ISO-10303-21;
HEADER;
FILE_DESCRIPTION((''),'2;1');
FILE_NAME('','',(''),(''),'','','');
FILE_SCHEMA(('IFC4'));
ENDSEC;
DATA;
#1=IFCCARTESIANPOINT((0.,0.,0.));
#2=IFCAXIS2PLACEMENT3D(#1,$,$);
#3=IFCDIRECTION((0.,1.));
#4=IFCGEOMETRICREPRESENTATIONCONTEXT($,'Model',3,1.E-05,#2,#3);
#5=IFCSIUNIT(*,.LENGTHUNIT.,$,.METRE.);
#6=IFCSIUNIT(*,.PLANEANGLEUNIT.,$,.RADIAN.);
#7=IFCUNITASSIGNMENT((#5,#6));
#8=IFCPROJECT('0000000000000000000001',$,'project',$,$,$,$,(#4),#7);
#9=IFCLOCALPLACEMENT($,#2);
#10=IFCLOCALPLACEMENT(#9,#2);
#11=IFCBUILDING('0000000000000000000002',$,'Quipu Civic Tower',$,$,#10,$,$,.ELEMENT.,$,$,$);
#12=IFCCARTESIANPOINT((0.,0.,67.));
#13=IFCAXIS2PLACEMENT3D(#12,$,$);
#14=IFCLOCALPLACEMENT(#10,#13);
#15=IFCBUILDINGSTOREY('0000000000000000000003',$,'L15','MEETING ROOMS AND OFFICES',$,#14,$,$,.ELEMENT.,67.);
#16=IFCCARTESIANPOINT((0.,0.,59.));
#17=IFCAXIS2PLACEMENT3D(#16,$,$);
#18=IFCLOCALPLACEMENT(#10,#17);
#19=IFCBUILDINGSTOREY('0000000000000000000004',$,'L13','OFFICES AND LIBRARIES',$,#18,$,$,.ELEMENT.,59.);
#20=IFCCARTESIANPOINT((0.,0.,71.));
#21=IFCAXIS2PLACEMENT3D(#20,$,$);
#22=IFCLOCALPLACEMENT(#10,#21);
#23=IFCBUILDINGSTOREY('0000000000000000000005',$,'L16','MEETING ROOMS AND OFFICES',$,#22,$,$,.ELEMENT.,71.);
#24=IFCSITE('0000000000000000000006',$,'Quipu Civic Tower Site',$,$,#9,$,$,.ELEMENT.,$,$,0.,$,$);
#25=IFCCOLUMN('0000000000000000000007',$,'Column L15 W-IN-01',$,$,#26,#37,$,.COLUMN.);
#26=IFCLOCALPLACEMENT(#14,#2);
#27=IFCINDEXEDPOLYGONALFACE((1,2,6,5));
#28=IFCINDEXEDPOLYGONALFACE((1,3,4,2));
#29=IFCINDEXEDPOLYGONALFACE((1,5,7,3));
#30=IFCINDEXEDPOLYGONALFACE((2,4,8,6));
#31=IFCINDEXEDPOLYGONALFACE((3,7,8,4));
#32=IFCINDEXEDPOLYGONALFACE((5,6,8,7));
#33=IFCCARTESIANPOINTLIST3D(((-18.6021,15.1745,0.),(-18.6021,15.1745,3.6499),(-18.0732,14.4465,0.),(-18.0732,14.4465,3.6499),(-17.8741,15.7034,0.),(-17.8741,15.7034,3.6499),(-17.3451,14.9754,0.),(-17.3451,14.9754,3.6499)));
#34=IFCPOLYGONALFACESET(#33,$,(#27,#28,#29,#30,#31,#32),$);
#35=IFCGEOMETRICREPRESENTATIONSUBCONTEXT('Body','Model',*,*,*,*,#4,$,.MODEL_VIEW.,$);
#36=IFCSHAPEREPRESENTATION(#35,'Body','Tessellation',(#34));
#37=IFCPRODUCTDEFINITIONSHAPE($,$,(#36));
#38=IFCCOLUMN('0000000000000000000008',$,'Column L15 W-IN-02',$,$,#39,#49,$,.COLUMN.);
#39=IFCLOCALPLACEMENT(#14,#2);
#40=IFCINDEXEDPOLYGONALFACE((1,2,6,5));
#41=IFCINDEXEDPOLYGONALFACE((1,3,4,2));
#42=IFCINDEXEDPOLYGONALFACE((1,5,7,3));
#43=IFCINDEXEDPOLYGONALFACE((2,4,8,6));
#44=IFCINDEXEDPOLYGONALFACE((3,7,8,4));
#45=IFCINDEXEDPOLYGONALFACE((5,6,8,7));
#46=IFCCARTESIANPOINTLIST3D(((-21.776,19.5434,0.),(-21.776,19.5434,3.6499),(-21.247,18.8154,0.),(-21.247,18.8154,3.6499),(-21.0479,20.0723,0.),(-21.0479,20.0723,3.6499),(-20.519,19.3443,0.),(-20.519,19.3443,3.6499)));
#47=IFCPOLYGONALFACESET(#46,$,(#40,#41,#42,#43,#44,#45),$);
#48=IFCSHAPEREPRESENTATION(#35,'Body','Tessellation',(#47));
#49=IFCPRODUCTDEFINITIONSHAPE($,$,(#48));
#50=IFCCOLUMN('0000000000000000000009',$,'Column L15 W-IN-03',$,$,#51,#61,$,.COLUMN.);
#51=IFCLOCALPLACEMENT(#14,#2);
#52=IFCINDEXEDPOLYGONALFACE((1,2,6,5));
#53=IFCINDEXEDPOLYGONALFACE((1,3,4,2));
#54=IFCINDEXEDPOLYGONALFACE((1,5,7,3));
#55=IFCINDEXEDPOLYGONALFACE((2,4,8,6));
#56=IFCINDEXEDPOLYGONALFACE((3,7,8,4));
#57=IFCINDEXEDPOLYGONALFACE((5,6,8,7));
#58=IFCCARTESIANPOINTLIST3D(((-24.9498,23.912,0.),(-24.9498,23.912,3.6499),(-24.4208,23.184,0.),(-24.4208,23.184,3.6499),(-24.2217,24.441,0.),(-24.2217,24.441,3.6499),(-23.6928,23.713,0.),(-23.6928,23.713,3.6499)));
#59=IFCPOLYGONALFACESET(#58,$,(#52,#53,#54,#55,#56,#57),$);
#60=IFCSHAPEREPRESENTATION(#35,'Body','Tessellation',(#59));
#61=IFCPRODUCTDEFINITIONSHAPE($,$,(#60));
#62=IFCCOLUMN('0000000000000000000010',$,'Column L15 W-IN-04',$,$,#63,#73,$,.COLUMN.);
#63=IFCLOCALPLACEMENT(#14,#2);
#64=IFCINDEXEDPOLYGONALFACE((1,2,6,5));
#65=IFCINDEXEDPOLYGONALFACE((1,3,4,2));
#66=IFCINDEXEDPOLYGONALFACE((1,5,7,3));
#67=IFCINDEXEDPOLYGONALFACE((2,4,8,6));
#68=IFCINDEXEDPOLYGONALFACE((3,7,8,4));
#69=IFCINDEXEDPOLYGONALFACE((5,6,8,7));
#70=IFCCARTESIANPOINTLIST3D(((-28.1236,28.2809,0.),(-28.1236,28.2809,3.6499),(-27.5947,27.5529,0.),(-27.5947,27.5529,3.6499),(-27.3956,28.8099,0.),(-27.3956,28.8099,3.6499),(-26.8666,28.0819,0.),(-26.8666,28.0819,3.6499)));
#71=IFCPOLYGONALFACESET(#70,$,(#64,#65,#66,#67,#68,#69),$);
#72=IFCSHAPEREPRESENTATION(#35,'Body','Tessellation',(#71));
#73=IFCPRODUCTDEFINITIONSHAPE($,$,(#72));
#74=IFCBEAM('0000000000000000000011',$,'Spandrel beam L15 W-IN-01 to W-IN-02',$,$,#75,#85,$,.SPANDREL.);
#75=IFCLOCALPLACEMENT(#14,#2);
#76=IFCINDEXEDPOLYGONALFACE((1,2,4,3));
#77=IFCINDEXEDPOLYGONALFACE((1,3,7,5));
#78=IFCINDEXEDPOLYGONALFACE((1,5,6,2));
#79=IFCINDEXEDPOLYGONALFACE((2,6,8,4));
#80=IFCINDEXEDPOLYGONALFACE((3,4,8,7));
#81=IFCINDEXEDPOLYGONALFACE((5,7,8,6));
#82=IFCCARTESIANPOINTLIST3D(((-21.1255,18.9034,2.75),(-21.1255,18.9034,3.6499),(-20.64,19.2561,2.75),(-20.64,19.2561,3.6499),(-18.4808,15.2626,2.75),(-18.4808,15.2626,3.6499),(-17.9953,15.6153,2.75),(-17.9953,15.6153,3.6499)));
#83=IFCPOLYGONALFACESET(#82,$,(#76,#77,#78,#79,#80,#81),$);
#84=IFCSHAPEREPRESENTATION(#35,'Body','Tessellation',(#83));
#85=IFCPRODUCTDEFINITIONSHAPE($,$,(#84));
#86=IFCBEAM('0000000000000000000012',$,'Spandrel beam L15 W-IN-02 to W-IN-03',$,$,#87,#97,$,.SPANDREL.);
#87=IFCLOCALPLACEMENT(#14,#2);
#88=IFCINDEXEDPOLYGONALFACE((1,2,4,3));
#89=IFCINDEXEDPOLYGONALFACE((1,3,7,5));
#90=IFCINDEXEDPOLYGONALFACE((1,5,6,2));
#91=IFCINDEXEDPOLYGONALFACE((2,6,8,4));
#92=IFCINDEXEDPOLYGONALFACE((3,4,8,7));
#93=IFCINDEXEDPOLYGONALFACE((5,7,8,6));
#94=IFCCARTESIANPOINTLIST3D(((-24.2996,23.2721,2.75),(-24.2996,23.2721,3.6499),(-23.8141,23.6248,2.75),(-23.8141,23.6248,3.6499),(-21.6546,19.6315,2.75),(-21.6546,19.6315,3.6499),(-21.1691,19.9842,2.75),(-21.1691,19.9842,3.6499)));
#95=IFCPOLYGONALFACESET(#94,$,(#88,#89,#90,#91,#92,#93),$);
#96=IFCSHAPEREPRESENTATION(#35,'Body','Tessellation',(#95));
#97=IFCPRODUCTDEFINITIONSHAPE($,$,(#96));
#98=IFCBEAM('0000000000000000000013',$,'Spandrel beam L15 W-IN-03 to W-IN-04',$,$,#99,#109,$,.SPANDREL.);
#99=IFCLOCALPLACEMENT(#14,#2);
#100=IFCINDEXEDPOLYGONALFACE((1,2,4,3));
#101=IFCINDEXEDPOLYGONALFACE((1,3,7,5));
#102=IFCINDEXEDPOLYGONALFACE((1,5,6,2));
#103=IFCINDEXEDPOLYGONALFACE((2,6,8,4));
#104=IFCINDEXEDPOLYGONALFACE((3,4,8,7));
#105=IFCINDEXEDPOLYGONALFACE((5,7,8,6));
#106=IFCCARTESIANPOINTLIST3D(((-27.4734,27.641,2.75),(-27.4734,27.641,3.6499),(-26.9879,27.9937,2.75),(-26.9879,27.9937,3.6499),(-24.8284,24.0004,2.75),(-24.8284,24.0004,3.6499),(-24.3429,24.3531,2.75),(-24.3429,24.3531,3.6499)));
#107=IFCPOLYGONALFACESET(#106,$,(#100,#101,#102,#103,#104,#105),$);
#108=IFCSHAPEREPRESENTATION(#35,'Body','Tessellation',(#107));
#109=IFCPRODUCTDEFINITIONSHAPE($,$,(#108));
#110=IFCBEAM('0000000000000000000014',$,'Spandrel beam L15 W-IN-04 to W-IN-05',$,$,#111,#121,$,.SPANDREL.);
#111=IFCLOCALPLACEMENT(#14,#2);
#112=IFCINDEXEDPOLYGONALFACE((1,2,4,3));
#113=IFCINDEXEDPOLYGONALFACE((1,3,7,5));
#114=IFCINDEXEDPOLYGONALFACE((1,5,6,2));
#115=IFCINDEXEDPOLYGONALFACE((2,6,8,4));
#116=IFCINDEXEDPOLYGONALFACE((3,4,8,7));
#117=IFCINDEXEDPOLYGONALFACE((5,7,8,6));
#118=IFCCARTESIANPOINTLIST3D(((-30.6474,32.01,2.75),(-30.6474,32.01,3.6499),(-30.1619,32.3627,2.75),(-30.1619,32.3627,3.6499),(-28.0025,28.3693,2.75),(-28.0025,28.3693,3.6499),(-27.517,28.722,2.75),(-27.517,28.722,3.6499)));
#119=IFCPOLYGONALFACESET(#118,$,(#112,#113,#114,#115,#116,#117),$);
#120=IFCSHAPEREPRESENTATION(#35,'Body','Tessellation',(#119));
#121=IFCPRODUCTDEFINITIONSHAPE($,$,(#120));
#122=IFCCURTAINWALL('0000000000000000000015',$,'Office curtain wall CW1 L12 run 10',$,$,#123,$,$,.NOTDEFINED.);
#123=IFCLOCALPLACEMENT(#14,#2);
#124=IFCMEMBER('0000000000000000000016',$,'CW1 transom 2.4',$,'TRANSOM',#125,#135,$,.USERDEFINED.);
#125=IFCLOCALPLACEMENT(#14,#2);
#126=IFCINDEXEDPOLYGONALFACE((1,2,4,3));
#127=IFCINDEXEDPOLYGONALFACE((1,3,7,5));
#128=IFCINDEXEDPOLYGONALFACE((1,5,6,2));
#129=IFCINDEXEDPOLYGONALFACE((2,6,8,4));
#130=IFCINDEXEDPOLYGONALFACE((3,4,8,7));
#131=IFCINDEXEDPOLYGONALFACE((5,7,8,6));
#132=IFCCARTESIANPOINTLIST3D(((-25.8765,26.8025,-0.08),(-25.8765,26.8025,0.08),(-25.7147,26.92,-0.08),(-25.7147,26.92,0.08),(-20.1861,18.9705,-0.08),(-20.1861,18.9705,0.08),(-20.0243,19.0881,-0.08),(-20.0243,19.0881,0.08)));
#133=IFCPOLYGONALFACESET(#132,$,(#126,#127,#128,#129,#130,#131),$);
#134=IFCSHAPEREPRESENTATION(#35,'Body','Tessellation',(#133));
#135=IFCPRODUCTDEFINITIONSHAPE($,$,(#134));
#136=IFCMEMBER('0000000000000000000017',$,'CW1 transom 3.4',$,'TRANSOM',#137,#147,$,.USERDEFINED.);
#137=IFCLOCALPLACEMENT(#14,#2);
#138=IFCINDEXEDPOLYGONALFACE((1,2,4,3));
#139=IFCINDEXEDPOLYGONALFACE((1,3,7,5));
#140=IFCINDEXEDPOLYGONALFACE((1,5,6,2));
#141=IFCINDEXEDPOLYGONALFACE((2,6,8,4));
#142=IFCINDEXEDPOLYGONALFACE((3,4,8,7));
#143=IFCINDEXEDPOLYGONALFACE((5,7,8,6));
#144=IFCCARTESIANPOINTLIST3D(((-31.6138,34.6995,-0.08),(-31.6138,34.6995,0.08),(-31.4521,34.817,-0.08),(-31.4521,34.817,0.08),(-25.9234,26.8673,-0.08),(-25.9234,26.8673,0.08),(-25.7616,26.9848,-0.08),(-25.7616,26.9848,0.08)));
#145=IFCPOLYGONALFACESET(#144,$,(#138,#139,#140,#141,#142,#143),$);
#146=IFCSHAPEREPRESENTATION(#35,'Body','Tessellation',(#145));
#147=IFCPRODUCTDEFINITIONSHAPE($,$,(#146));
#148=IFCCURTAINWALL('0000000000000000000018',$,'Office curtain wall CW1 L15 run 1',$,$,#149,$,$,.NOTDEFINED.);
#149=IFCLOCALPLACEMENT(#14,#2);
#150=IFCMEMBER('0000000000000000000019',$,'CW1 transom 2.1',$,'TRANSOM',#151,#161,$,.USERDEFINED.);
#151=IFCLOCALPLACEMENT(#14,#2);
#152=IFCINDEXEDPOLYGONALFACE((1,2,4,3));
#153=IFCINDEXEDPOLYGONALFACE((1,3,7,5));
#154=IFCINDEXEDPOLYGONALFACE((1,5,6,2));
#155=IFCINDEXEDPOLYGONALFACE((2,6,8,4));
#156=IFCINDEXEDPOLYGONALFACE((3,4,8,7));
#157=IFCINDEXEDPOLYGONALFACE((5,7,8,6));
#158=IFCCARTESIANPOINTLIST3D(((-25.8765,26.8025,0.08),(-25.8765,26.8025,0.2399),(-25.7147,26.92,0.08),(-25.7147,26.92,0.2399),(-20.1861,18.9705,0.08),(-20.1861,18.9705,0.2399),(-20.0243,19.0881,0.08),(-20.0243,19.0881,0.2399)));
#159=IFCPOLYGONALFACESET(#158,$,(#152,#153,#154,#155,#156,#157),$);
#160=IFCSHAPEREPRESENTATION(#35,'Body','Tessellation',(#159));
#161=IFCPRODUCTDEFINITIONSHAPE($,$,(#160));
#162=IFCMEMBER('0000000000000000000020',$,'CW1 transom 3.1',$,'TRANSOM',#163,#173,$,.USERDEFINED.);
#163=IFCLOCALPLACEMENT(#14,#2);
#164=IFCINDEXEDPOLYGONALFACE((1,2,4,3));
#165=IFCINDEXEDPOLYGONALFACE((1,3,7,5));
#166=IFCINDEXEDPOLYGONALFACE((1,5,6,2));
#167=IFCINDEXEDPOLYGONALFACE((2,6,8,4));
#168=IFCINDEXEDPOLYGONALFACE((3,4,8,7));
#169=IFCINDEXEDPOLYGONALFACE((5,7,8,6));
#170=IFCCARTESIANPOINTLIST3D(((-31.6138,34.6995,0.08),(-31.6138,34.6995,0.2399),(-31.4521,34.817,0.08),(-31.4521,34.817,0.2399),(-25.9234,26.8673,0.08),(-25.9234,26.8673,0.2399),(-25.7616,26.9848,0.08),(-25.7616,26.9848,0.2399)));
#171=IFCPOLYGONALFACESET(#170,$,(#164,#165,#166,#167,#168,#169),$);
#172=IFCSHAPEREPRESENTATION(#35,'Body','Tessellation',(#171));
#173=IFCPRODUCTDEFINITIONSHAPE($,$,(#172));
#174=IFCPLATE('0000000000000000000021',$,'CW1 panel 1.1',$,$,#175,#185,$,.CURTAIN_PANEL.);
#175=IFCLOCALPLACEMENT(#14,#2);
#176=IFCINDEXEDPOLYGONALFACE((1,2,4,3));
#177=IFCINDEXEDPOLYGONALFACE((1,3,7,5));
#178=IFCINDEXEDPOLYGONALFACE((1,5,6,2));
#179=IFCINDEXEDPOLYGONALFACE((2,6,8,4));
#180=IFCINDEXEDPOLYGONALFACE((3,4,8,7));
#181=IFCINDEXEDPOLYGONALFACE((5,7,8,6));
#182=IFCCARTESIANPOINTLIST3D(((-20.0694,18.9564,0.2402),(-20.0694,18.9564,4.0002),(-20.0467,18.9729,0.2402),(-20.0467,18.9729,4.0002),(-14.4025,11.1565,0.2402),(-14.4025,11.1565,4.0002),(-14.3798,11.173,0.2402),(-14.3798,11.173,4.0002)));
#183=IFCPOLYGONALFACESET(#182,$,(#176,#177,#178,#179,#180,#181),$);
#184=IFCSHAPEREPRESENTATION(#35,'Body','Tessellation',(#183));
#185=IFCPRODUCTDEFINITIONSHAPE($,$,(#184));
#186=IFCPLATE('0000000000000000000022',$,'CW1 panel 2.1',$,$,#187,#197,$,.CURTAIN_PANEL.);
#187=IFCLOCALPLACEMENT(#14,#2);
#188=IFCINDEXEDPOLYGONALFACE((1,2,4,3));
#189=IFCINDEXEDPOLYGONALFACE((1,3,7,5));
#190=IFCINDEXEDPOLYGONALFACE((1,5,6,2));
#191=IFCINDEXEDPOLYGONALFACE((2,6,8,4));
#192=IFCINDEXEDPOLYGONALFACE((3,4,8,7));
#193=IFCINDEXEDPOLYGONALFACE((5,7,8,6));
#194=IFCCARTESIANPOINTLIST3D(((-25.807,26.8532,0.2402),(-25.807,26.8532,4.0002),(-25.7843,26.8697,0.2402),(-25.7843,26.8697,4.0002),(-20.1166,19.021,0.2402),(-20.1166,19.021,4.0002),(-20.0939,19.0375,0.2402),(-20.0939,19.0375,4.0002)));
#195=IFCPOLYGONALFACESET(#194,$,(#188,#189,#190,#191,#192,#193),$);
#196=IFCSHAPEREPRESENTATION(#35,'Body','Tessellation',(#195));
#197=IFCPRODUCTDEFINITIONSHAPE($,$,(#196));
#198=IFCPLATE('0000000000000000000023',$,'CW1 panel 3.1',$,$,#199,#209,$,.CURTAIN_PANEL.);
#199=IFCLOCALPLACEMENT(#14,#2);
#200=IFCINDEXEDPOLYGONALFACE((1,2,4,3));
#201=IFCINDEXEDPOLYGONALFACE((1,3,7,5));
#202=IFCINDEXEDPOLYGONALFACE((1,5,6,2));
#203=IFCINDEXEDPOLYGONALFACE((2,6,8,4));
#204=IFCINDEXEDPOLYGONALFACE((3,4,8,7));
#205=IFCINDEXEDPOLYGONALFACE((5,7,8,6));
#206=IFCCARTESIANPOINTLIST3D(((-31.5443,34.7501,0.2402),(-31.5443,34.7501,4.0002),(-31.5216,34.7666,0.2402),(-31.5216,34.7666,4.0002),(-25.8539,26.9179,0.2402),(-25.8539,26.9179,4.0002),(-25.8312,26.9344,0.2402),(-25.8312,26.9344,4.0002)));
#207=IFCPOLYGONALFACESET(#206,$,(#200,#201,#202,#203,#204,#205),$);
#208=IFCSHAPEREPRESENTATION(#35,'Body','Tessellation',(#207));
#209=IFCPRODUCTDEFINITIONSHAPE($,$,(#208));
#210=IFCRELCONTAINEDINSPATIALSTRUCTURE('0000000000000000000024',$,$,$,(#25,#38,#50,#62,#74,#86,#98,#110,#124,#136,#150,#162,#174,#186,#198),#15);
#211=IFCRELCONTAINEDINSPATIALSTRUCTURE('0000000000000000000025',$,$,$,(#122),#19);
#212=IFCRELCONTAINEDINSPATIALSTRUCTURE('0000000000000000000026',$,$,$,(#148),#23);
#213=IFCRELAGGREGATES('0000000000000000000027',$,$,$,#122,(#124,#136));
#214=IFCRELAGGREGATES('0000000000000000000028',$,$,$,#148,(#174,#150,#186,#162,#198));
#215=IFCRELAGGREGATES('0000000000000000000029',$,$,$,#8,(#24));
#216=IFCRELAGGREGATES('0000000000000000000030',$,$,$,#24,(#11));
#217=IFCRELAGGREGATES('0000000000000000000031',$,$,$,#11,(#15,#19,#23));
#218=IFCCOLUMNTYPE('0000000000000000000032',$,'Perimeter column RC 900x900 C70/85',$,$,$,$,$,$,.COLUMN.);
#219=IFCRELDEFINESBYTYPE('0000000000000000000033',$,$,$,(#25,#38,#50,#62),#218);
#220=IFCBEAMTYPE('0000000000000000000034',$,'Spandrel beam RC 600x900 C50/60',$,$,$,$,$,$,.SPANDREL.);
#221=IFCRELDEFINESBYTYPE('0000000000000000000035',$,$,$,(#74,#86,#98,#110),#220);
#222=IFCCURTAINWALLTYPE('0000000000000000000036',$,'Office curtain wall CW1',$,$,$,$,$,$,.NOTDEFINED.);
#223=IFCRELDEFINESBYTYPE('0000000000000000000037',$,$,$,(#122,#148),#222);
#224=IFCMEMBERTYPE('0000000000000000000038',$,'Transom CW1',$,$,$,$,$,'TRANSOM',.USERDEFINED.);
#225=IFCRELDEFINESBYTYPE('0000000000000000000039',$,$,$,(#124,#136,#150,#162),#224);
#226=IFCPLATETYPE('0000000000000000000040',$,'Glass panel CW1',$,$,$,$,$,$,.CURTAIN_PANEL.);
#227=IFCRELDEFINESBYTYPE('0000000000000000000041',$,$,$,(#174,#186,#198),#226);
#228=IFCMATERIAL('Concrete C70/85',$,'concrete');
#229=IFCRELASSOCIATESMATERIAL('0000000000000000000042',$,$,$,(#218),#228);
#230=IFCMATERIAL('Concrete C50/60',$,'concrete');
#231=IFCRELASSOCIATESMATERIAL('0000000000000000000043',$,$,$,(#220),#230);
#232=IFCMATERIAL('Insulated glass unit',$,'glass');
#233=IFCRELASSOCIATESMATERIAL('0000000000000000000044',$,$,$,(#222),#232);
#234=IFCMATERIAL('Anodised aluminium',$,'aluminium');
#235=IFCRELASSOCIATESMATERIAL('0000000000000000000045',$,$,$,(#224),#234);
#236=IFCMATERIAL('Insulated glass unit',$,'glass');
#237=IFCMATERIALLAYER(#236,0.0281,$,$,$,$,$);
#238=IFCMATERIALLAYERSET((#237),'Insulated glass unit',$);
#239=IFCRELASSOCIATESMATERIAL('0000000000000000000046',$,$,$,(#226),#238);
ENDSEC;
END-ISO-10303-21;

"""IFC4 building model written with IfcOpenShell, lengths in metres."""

from ifc_helpers import new_model, si_unit, direction, frame, origin, origin_2d, place, context, subcontext, project, spatial, rectangle, extrude, material, layer, layer_set, material_profile, profile_set, type_object, element, aggregate, save


model = new_model("IFC4")

# Units and contexts
model_context = context("Model", 3, precision=1e-05, world=origin(), true_north=direction((0.0, 1.0)))
body_context = subcontext(model_context, "Body", "Model", "MODEL_VIEW")
ifc_project = project(units=[si_unit("LENGTHUNIT", "METRE"), si_unit("PLANEANGLEUNIT", "RADIAN")], contexts=[model_context])

# Site, building, storey
site_placement = place(None, origin())
site = spatial("IfcSite", under=ifc_project, at=site_placement, Name="Quipu Civic Tower Site", CompositionType="ELEMENT", RefElevation=0.0)
building_placement = place(site_placement, origin())
building = spatial("IfcBuilding", under=site, at=building_placement, Name="Quipu Civic Tower", CompositionType="ELEMENT")
storey_1_placement = place(building_placement, frame((0.0, 0.0, 67.0)))
storey_1 = spatial("IfcBuildingStorey", under=building, at=storey_1_placement, Name="L15", Description="MEETING ROOMS AND OFFICES", CompositionType="ELEMENT", Elevation=67.0)

# Columns
ifc_material_1 = material(Name="Concrete C70/85", Category="concrete")
ifc_material_profile_1 = material_profile(ifc_material_1, rectangle(XDim=0.8999, YDim=0.8999, at=origin_2d()), Name="RC900x900")
ifc_profile_set_1 = profile_set([ifc_material_profile_1], Name="Concrete C70/85")
column_type = type_object("IfcColumnType", Name="Perimeter column RC 900x900 C70/85", PredefinedType="COLUMN", material=ifc_profile_set_1)
for number, where, z_axis, x_axis, name in (
    (1, (-17.9736, 15.075, 0.0), (0.0, 0.0, 1.0), (-0.587785, 0.809017, 0.0), "Column L15 W-IN-01"),
    (2, (-21.1475, 19.4438, 0.0), (0.0, 0.0, 1.0), (-0.587785, 0.809017, 0.0), "Column L15 W-IN-02"),
    (3, (-24.3213, 23.8125, 0.0), (0.0, 0.0, 1.0), (-0.587785, 0.809017, 0.0), "Column L15 W-IN-03"),
    (4, (-27.4951, 28.1814, 0.0), (0.0, 0.0, 1.0), (-0.587785, 0.809017, 0.0), "Column L15 W-IN-04"),
):
    element("IfcColumn", number, at=place(storey_1_placement, frame(where, z_axis=z_axis, x_axis=x_axis)), inside=storey_1, type_object=column_type, Name=name, PredefinedType="COLUMN", context=body_context, shape_type="SweptSolid", body=[
        extrude(rectangle(XDim=0.8999, YDim=0.8999, at=origin_2d()), origin(), (0.0, 0.0, 1.0), 3.6499),
    ])

# Beams
ifc_material_2 = material(Name="Concrete C50/60", Category="concrete")
ifc_material_profile_2 = material_profile(ifc_material_2, rectangle(XDim=0.6001, YDim=0.8999, at=origin_2d()), Name="RC600x900")
ifc_profile_set_2 = profile_set([ifc_material_profile_2], Name="Concrete C50/60")
beam_type = type_object("IfcBeamType", Name="Spandrel beam RC 600x900 C50/60", PredefinedType="SPANDREL", material=ifc_profile_set_2)
for number, where, z_axis, x_axis, name in (
    (5, (-18.238, 15.439, 3.2), (-0.587717, 0.809067, 0.0), (-0.809067, -0.587717, 0.0), "Spandrel beam L15 W-IN-01 to W-IN-02"),
    (6, (-21.4119, 19.8079, 3.2), (-0.587778, 0.809022, 0.0), (-0.809022, -0.587778, 0.0), "Spandrel beam L15 W-IN-02 to W-IN-03"),
    (7, (-24.5857, 24.1768, 3.2), (-0.587778, 0.809022, 0.0), (-0.809022, -0.587778, 0.0), "Spandrel beam L15 W-IN-03 to W-IN-04"),
    (8, (-27.7598, 28.5457, 3.2), (-0.587743, 0.809048, 0.0), (-0.809048, -0.587743, 0.0), "Spandrel beam L15 W-IN-04 to W-IN-05"),
):
    element("IfcBeam", number, at=place(storey_1_placement, frame(where, z_axis=z_axis, x_axis=x_axis)), inside=storey_1, type_object=beam_type, Name=name, PredefinedType="SPANDREL", context=body_context, shape_type="SweptSolid", body=[
        extrude(rectangle(XDim=0.6001, YDim=0.8999, at=origin_2d()), origin(), (0.0, 0.0, 1.0), 4.5),
    ])

# Shared definitions
storey_2_placement = place(building_placement, frame((0.0, 0.0, 59.0)))
storey_2 = spatial("IfcBuildingStorey", under=building, at=storey_2_placement, Name="L13", Description="OFFICES AND LIBRARIES", CompositionType="ELEMENT", Elevation=59.0)

# Curtain wall, members
ifc_material_3 = material(Name="Insulated glass unit", Category="glass")
curtain_wall_type = type_object("IfcCurtainWallType", Name="Office curtain wall CW1", PredefinedType="NOTDEFINED", material=ifc_material_3)
curtain_wall_1_placement = place(storey_2_placement, origin())
curtain_wall_1 = element("IfcCurtainWall", 9, at=curtain_wall_1_placement, inside=storey_2, type_object=curtain_wall_type, Name="Office curtain wall CW1 L12 run 10", PredefinedType="NOTDEFINED")
ifc_material_4 = material(Name="Anodised aluminium", Category="aluminium")
ifc_material_profile_3 = material_profile(ifc_material_4, rectangle(XDim=0.2, YDim=0.1599, at=origin_2d()), Name="RECT 200x160")
ifc_profile_set_3 = profile_set([ifc_material_profile_3], Name="Anodised aluminium")
member_type = type_object("IfcMemberType", Name="Transom CW1", ElementType="TRANSOM", PredefinedType="USERDEFINED", material=ifc_profile_set_3)
member_1_placement = place(storey_1_placement, frame((-20.1052, 19.0293, 0.0), z_axis=(-0.587794, 0.809011, 0.0), x_axis=(-0.809011, -0.587794, 0.0)))
member_1 = element("IfcMember", 10, at=member_1_placement, inside=storey_1, type_object=member_type, Name="CW1 transom 2.4", ObjectType="TRANSOM", PredefinedType="USERDEFINED", context=body_context, shape_type="SweptSolid", body=[
    extrude(rectangle(XDim=0.2, YDim=0.1599, at=origin_2d()), origin(), (0.0, 0.0, 1.0), 9.6809),
])
member_2_placement = place(storey_1_placement, frame((-25.8425, 26.926, 0.0), z_axis=(-0.587782, 0.80902, 0.0), x_axis=(-0.80902, -0.587782, 0.0)))
member_2 = element("IfcMember", 11, at=member_2_placement, inside=storey_1, type_object=member_type, Name="CW1 transom 3.4", ObjectType="TRANSOM", PredefinedType="USERDEFINED", context=body_context, shape_type="SweptSolid", body=[
    extrude(rectangle(XDim=0.2, YDim=0.1599, at=origin_2d()), origin(), (0.0, 0.0, 1.0), 9.6812),
])
aggregate(curtain_wall_1, [member_1, member_2])

# Shared definitions
storey_3_placement = place(building_placement, frame((0.0, 0.0, 71.0)))
storey_3 = spatial("IfcBuildingStorey", under=building, at=storey_3_placement, Name="L16", Description="MEETING ROOMS AND OFFICES", CompositionType="ELEMENT", Elevation=71.0)

# Curtain wall, members, plates
curtain_wall_2_placement = place(storey_3_placement, origin())
curtain_wall_2 = element("IfcCurtainWall", 12, at=curtain_wall_2_placement, inside=storey_3, type_object=curtain_wall_type, Name="Office curtain wall CW1 L15 run 1", PredefinedType="NOTDEFINED")
member_3_placement = place(storey_1_placement, frame((-20.1052, 19.0293, 0.1599), z_axis=(-0.587794, 0.809011, 0.0), x_axis=(-0.809011, -0.587794, 0.0)))
member_3 = element("IfcMember", 13, at=member_3_placement, inside=storey_1, type_object=member_type, Name="CW1 transom 2.1", ObjectType="TRANSOM", PredefinedType="USERDEFINED", context=body_context, shape_type="SweptSolid", body=[
    extrude(rectangle(XDim=0.2, YDim=0.1599, at=origin_2d()), origin(), (0.0, 0.0, 1.0), 9.6809),
])
member_4_placement = place(storey_1_placement, frame((-25.8425, 26.926, 0.1599), z_axis=(-0.587782, 0.80902, 0.0), x_axis=(-0.80902, -0.587782, 0.0)))
member_4 = element("IfcMember", 14, at=member_4_placement, inside=storey_1, type_object=member_type, Name="CW1 transom 3.1", ObjectType="TRANSOM", PredefinedType="USERDEFINED", context=body_context, shape_type="SweptSolid", body=[
    extrude(rectangle(XDim=0.2, YDim=0.1599, at=origin_2d()), origin(), (0.0, 0.0, 1.0), 9.6812),
])
ifc_material_5 = material(Name="Insulated glass unit", Category="glass")
ifc_layer_1 = layer(ifc_material_5, 0.0281)
ifc_layer_set_1 = layer_set([ifc_layer_1], Name="Insulated glass unit")
plate_type_1 = type_object("IfcPlateType", Name="Glass panel CW1", PredefinedType="CURTAIN_PANEL", material=ifc_layer_set_1)
plate_1_placement = place(storey_1_placement, frame((-17.2246, 15.0647, 0.2402), z_axis=(0.0, 0.0, 1.0), x_axis=(-0.587786, 0.809017, 0.0)))
plate_1 = element("IfcPlate", 15, at=plate_1_placement, inside=storey_1, type_object=plate_type_1, Name="CW1 panel 1.1", PredefinedType="CURTAIN_PANEL", context=body_context, shape_type="SweptSolid", body=[
    extrude(rectangle(XDim=9.6411, YDim=0.0281, at=origin_2d()), origin(), (0.0, 0.0, 1.0), 3.76),
])
plate_2_placement = place(storey_1_placement, frame((-22.9504, 22.9453, 0.2402), z_axis=(0.0, 0.0, 1.0), x_axis=(-0.587786, 0.809017, 0.0)))
plate_2 = element("IfcPlate", 16, at=plate_2_placement, inside=storey_1, type_object=plate_type_1, Name="CW1 panel 2.1", PredefinedType="CURTAIN_PANEL", context=body_context, shape_type="SweptSolid", body=[
    extrude(rectangle(XDim=9.6812, YDim=0.0281, at=origin_2d()), origin(), (0.0, 0.0, 1.0), 3.76),
])
plate_3_placement = place(storey_1_placement, frame((-28.6877, 30.8423, 0.2402), z_axis=(0.0, 0.0, 1.0), x_axis=(-0.587786, 0.809017, 0.0)))
plate_3 = element("IfcPlate", 17, at=plate_3_placement, inside=storey_1, type_object=plate_type_1, Name="CW1 panel 3.1", PredefinedType="CURTAIN_PANEL", context=body_context, shape_type="SweptSolid", body=[
    extrude(rectangle(XDim=9.6812, YDim=0.0281, at=origin_2d()), origin(), (0.0, 0.0, 1.0), 3.76),
])
aggregate(curtain_wall_2, [plate_1, member_3, plate_2, member_4, plate_3])

save(model, "model.ifc")
